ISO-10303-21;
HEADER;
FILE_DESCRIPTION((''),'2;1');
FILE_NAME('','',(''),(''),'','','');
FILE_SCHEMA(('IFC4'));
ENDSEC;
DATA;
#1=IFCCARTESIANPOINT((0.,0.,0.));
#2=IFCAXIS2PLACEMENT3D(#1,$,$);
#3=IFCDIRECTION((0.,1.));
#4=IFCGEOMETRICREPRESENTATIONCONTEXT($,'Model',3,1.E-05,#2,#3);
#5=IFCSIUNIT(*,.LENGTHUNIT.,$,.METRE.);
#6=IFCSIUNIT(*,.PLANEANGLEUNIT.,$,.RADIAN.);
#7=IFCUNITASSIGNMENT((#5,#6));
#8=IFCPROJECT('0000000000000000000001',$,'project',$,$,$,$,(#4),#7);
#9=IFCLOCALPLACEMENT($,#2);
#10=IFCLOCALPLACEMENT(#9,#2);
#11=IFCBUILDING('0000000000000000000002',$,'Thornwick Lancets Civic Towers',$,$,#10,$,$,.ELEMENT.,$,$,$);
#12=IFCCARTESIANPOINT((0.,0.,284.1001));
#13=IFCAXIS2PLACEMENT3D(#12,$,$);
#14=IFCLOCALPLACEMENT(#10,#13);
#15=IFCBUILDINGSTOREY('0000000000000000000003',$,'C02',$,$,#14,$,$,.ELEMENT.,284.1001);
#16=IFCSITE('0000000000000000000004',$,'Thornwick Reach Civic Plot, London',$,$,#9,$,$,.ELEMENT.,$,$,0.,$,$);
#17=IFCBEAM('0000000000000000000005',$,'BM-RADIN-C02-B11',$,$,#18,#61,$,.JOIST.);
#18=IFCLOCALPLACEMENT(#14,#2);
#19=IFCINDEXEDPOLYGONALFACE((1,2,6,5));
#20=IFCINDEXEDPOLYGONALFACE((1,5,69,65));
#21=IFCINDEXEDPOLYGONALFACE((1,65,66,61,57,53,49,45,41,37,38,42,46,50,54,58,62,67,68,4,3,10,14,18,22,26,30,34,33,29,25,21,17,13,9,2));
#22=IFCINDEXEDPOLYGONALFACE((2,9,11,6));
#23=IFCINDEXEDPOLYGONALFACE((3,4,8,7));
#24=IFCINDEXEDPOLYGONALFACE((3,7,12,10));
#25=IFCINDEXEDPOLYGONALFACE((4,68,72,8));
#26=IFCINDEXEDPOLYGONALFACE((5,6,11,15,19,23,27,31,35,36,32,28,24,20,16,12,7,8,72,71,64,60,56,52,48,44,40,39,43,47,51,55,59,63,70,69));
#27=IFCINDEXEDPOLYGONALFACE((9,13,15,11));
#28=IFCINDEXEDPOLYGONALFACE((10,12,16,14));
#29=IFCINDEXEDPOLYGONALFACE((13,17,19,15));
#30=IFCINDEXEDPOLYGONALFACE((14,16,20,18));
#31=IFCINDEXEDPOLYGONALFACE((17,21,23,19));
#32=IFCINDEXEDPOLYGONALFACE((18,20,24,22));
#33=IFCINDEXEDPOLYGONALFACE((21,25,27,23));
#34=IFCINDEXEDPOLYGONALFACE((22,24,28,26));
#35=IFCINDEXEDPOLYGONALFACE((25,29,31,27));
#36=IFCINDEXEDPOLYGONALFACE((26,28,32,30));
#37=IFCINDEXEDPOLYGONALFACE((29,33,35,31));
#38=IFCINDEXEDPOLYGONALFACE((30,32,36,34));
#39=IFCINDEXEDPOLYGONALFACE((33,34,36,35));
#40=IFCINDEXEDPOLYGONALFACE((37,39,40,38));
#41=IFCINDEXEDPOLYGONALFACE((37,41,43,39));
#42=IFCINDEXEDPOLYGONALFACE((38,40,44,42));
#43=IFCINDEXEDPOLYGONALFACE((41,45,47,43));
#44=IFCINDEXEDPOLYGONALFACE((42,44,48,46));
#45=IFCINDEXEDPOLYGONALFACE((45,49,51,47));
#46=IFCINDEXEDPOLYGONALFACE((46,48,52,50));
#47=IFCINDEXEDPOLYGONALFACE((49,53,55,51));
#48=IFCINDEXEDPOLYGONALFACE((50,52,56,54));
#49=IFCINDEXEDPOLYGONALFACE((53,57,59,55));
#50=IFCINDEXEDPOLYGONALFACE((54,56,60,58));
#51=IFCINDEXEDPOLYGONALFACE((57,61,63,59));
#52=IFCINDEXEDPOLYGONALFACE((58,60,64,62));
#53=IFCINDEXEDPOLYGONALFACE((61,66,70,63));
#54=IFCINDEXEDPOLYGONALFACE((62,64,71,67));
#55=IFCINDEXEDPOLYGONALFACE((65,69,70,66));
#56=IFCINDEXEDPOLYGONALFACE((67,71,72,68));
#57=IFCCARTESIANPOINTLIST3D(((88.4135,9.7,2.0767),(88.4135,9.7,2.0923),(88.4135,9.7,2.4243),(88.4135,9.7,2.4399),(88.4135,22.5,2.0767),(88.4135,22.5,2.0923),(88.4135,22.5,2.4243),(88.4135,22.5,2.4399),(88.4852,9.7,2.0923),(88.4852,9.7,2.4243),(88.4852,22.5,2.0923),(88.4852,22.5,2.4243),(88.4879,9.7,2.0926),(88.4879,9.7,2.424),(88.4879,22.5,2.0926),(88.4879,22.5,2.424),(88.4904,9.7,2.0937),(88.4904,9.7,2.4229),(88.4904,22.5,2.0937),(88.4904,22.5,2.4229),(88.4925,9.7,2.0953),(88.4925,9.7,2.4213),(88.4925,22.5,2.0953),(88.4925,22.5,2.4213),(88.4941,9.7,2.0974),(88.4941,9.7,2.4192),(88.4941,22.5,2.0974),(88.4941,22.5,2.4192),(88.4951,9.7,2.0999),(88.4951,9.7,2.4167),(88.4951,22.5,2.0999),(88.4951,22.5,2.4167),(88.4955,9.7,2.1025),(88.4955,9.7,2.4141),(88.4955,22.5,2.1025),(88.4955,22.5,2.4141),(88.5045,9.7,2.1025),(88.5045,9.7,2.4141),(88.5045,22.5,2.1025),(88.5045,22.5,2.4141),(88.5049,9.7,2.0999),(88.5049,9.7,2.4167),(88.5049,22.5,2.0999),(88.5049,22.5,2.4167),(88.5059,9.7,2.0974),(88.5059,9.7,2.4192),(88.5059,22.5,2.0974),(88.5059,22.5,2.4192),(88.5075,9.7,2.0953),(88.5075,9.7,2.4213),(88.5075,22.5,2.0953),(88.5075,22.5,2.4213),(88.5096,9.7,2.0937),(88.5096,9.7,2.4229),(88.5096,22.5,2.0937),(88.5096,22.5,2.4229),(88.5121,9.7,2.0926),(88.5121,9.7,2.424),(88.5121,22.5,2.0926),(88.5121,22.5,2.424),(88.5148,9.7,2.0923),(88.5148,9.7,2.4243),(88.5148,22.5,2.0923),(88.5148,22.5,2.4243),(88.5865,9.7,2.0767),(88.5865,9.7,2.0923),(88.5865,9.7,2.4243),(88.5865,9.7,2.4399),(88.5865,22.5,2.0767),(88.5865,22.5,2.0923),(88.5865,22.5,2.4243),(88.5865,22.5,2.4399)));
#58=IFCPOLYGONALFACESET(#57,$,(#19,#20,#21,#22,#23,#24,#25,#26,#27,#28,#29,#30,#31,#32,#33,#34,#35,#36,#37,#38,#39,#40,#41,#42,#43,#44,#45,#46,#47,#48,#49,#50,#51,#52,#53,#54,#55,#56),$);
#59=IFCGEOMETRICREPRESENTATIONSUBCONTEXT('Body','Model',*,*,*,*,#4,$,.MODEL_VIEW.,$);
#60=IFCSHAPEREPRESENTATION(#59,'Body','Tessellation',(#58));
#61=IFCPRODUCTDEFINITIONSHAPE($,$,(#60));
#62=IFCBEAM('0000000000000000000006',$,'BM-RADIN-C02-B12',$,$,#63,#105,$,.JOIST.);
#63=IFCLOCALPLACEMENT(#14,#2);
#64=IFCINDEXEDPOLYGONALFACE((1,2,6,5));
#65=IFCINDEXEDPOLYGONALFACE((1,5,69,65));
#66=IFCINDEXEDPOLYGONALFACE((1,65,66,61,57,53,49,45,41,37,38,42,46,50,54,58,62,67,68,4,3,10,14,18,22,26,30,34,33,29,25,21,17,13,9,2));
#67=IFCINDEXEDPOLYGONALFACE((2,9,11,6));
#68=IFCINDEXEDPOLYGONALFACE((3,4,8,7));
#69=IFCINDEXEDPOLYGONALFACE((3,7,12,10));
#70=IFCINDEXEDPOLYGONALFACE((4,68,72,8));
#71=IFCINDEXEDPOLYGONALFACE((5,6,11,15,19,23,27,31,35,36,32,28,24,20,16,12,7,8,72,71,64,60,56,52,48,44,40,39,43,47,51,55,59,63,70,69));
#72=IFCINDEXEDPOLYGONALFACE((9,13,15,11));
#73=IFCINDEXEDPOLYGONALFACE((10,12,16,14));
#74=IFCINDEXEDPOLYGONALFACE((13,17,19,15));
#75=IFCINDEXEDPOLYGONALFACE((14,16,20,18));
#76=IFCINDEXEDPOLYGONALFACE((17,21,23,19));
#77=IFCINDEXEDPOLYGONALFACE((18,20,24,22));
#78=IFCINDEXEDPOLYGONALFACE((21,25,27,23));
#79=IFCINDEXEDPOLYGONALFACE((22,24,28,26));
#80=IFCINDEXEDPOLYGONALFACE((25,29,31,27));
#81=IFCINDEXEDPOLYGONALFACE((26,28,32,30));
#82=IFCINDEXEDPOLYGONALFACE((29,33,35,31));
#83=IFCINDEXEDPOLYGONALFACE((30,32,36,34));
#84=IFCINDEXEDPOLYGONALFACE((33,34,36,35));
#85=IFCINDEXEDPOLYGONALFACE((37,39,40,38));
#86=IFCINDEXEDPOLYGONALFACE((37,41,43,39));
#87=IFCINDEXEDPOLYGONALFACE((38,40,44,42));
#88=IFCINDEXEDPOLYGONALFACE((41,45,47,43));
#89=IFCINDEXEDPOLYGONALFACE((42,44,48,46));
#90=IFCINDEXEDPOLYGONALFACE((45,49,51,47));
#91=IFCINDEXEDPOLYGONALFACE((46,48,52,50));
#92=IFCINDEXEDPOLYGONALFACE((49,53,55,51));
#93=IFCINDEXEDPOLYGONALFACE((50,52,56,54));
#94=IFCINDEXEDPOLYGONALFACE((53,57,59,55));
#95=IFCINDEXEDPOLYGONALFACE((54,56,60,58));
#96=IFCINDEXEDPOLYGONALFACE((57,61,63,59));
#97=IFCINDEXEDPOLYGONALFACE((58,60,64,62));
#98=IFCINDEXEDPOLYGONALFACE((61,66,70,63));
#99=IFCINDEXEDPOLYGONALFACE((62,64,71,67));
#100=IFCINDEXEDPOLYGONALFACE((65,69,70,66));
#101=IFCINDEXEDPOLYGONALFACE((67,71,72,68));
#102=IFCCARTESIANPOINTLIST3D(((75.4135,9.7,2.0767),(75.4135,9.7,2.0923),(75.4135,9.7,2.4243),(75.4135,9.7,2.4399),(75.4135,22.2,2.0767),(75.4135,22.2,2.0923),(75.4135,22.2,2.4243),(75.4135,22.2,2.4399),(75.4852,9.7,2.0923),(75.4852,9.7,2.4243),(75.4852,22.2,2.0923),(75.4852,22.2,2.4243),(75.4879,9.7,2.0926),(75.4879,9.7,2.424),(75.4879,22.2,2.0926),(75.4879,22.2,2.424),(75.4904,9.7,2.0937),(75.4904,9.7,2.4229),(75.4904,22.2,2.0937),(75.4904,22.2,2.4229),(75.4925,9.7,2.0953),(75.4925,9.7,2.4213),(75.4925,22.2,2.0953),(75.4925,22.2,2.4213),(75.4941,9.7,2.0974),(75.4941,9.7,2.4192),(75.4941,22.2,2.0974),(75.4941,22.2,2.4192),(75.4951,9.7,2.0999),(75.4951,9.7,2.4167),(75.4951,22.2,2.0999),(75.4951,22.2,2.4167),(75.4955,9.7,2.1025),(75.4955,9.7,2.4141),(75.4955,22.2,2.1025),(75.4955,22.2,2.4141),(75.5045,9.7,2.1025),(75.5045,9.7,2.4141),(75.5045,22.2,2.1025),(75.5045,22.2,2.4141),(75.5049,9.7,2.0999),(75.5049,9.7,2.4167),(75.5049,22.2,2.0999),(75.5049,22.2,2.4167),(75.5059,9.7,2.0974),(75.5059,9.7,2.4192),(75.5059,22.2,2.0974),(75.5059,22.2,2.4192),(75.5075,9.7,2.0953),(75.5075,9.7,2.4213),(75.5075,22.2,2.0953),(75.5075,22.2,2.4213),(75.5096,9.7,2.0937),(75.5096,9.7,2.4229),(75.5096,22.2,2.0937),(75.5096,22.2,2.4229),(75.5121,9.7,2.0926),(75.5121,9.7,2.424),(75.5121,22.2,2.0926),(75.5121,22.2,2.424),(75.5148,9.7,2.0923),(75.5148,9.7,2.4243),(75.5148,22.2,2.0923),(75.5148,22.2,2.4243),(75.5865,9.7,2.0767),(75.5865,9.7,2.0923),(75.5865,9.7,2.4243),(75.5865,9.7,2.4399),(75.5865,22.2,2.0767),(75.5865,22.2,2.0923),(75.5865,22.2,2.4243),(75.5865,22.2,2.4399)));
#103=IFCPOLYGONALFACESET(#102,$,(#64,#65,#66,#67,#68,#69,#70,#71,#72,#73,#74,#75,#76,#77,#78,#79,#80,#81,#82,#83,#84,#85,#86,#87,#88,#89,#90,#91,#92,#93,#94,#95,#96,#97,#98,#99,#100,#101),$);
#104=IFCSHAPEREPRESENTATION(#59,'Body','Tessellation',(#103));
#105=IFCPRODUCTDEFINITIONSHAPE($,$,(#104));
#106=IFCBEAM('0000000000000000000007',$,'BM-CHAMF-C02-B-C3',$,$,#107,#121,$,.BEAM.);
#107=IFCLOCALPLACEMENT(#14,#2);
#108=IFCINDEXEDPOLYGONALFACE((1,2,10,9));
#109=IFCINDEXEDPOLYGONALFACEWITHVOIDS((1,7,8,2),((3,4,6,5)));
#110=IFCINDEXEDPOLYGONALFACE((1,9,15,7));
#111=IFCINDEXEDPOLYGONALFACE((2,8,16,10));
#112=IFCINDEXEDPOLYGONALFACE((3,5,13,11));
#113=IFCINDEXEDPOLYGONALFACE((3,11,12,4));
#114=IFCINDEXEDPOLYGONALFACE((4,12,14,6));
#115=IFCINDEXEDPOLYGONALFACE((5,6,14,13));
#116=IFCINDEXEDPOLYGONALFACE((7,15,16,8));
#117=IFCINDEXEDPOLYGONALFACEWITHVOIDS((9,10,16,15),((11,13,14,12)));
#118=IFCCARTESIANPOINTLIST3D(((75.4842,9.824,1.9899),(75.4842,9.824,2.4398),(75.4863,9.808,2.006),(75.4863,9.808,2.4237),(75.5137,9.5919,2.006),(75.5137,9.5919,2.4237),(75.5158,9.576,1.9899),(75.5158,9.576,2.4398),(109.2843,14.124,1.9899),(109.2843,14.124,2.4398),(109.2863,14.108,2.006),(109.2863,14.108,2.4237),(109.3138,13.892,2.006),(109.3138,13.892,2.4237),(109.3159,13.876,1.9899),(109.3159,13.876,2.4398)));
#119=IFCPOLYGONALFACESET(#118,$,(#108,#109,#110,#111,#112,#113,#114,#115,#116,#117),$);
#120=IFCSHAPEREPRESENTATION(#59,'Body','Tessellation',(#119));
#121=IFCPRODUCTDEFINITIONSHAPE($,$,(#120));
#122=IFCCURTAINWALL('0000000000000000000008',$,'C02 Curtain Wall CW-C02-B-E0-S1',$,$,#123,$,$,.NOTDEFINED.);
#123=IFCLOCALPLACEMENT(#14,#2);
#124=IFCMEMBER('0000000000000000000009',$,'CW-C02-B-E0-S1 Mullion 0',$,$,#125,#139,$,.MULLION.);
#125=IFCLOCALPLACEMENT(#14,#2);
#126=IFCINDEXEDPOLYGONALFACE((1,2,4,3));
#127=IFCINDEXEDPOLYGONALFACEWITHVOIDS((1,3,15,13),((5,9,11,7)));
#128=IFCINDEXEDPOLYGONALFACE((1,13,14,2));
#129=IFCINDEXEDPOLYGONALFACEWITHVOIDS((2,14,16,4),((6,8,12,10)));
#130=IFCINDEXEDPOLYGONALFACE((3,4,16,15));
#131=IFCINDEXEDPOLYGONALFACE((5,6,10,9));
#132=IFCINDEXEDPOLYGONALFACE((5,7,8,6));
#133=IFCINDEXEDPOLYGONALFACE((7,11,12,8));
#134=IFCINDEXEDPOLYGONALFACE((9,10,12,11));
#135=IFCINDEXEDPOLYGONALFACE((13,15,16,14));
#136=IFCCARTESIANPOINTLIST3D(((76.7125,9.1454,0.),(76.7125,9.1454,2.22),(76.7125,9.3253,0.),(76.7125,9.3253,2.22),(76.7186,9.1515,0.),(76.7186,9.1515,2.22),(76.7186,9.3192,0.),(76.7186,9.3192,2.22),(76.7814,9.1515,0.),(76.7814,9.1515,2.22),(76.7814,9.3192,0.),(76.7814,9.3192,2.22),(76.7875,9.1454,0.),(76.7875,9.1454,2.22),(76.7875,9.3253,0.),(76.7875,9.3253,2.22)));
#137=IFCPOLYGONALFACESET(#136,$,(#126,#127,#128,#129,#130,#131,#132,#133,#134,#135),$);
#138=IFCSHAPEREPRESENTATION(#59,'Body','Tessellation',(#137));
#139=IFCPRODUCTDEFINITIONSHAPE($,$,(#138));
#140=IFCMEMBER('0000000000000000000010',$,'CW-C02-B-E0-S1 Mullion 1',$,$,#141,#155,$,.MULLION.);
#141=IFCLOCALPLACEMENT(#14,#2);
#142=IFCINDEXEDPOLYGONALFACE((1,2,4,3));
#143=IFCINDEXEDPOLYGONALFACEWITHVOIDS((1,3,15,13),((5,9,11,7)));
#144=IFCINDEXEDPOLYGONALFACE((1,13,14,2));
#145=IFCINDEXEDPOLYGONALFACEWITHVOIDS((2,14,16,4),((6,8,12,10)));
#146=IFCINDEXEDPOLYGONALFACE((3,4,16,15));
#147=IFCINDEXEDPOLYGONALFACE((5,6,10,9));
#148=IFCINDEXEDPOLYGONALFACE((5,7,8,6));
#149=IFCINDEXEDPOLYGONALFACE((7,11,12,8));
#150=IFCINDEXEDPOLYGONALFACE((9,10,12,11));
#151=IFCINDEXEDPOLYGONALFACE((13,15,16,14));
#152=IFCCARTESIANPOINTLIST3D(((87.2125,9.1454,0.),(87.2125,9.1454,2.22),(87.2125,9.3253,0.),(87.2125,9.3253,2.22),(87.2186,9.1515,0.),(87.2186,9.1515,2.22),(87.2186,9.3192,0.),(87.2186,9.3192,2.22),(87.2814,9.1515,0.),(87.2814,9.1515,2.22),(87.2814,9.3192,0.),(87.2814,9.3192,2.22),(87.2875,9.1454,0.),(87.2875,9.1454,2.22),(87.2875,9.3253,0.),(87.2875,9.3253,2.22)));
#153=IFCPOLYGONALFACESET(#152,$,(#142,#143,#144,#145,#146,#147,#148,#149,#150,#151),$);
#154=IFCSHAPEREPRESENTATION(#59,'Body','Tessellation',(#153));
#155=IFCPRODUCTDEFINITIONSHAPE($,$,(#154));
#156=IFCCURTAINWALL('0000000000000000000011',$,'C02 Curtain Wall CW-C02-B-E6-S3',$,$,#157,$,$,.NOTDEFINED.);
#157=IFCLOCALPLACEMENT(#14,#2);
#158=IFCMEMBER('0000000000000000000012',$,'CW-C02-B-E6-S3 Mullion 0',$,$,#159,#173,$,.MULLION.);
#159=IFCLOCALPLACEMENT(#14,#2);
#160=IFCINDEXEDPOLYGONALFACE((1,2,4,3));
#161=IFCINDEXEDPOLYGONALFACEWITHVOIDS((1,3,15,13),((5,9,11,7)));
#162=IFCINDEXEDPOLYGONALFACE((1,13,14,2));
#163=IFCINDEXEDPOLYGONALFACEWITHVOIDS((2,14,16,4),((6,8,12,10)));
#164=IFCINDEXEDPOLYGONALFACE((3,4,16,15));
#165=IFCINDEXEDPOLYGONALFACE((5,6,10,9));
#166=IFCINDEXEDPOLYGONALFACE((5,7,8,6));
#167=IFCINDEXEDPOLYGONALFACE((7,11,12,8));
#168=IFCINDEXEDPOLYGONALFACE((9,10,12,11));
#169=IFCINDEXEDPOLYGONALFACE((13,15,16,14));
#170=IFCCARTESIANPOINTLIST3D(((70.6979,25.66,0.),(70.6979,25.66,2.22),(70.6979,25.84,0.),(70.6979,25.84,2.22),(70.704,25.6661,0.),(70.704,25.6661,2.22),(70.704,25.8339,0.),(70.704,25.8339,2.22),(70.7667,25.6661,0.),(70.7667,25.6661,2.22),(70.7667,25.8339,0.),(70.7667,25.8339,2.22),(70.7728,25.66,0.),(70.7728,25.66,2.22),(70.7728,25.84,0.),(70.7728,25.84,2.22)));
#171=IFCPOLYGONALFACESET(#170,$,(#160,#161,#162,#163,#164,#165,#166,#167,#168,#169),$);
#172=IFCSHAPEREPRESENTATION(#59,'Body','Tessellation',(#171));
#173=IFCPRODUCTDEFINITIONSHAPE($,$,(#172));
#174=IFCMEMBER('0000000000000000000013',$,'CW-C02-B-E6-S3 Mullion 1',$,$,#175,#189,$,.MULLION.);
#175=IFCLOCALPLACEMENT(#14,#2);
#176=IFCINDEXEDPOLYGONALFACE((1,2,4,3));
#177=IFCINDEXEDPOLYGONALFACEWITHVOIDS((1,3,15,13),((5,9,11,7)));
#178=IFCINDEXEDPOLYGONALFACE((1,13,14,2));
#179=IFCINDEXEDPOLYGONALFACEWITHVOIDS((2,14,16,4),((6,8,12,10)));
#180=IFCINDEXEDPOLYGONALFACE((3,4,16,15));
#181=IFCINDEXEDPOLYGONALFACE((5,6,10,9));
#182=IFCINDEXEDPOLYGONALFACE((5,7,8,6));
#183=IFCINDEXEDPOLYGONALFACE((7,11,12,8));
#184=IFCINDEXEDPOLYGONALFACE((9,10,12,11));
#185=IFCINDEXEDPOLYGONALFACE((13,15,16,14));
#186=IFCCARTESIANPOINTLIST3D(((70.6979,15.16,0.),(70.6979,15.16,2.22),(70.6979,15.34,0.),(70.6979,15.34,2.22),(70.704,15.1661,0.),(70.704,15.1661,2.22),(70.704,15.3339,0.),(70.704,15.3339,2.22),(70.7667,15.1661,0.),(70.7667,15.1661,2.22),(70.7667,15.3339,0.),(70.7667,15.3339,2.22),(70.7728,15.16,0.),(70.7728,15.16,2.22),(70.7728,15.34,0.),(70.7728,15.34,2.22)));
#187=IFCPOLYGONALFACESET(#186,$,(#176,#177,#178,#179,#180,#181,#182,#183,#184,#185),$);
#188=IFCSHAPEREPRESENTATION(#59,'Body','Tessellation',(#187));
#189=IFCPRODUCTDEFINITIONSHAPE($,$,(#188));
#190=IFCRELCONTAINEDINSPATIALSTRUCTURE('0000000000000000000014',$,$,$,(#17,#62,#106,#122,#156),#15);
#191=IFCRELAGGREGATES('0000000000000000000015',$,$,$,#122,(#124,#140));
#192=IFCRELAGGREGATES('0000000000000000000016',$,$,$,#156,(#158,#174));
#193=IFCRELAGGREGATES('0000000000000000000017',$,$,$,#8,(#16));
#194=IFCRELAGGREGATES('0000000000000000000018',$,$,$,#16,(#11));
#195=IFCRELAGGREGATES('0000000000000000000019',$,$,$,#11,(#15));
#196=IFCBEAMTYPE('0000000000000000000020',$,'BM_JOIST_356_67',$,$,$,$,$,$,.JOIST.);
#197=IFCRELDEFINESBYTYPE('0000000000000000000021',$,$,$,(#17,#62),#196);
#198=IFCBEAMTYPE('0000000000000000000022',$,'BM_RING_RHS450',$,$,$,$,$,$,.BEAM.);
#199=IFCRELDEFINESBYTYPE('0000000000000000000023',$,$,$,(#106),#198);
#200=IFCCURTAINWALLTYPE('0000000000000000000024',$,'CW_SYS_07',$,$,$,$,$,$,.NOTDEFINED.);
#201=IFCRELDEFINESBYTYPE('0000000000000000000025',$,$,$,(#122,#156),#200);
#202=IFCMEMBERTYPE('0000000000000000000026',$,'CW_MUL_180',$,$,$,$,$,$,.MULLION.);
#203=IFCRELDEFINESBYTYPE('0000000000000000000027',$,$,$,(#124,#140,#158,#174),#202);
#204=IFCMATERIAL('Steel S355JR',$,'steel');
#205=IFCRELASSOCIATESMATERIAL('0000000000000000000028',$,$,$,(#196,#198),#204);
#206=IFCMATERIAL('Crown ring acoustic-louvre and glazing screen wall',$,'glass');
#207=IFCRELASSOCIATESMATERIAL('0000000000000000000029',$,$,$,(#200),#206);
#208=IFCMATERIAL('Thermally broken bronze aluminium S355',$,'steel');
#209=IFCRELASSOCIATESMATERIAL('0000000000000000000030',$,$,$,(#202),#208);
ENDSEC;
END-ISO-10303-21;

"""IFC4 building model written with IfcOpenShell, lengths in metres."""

from ifc_helpers import new_model, si_unit, direction, frame, origin, origin_2d, place, context, subcontext, project, spatial, hollow_rectangle, i_section, extrude, material, material_profile, profile_set, type_object, element, aggregate, save


model = new_model("IFC4")

# Units and contexts
model_context = context("Model", 3, precision=1e-05, world=origin(), true_north=direction((0.0, 1.0)))
body_context = subcontext(model_context, "Body", "Model", "MODEL_VIEW")
ifc_project = project(units=[si_unit("LENGTHUNIT", "METRE"), si_unit("PLANEANGLEUNIT", "RADIAN")], contexts=[model_context])

# Site, building, storey
site_placement = place(None, origin())
site = spatial("IfcSite", under=ifc_project, at=site_placement, Name="Thornwick Reach Civic Plot, London", CompositionType="ELEMENT", RefElevation=0.0)
building_placement = place(site_placement, origin())
building = spatial("IfcBuilding", under=site, at=building_placement, Name="Thornwick Lancets Civic Towers", CompositionType="ELEMENT")
storey_placement = place(building_placement, frame((0.0, 0.0, 284.1001)))
storey = spatial("IfcBuildingStorey", under=building, at=storey_placement, Name="C02", CompositionType="ELEMENT", Elevation=284.1001)

# Shared definitions
ifc_material_1 = material(Name="Steel S355JR", Category="steel")

# Beams
ifc_material_profile_1 = material_profile(ifc_material_1, i_section(OverallWidth=0.1731, OverallDepth=0.3633, WebThickness=0.009, FlangeThickness=0.0156, FilletRadius=0.0103, at=origin_2d()), Name="UKB 356x171x67")
ifc_profile_set_1 = profile_set([ifc_material_profile_1], Name="Steel S355JR")
beam_type_1 = type_object("IfcBeamType", Name="BM_JOIST_356_67", PredefinedType="JOIST", material=ifc_profile_set_1)
for number, where, z_axis, x_axis, name in (
    (1, (88.5, 22.5, 2.2583), (0.0, -1.0, 0.0), (1.0, 0.0, 0.0), "BM-RADIN-C02-B11"),
):
    element("IfcBeam", number, at=place(storey_placement, frame(where, z_axis=z_axis, x_axis=x_axis)), inside=storey, type_object=beam_type_1, Name=name, PredefinedType="JOIST", context=body_context, shape_type="SweptSolid", body=[
        extrude(i_section(OverallWidth=0.1731, OverallDepth=0.3633, WebThickness=0.009, FlangeThickness=0.0156, FilletRadius=0.0103, at=origin_2d()), origin(), (0.0, 0.0, 1.0), 12.8),
    ])
beam_1_placement = place(storey_placement, frame((75.5, 22.2, 2.2583), z_axis=(0.0, -1.0, 0.0), x_axis=(1.0, 0.0, 0.0)))
element("IfcBeam", 2, at=beam_1_placement, inside=storey, type_object=beam_type_1, Name="BM-RADIN-C02-B12", PredefinedType="JOIST", context=body_context, shape_type="SweptSolid", body=[
    extrude(i_section(OverallWidth=0.1731, OverallDepth=0.3633, WebThickness=0.009, FlangeThickness=0.0156, FilletRadius=0.0103, at=origin_2d()), origin(), (0.0, 0.0, 1.0), 12.5),
])
ifc_material_profile_2 = material_profile(ifc_material_1, hollow_rectangle(XDim=0.25, YDim=0.45, WallThickness=0.0161, at=origin_2d()), Name="RHS 450x250x16")
ifc_profile_set_2 = profile_set([ifc_material_profile_2], Name="Steel S355JR")
beam_type_2 = type_object("IfcBeamType", Name="BM_RING_RHS450", PredefinedType="BEAM", material=ifc_profile_set_2)
beam_2_placement = place(storey_placement, frame((75.5, 9.7, 2.2148), z_axis=(0.992004, 0.126203, 0.0), x_axis=(-0.126203, 0.992004, 0.0)))
element("IfcBeam", 3, at=beam_2_placement, inside=storey, type_object=beam_type_2, Name="BM-CHAMF-C02-B-C3", PredefinedType="BEAM", context=body_context, shape_type="SweptSolid", body=[
    extrude(hollow_rectangle(XDim=0.25, YDim=0.45, WallThickness=0.0161, at=origin_2d()), origin(), (0.0, 0.0, 1.0), 34.0725),
])

# Curtain walls, members
ifc_material_2 = material(Name="Crown ring acoustic-louvre and glazing screen wall", Category="glass")
curtain_wall_type = type_object("IfcCurtainWallType", Name="CW_SYS_07", PredefinedType="NOTDEFINED", material=ifc_material_2)
curtain_wall_1_placement = place(storey_placement, origin())
curtain_wall_1 = element("IfcCurtainWall", 4, at=curtain_wall_1_placement, inside=storey, type_object=curtain_wall_type, Name="C02 Curtain Wall CW-C02-B-E0-S1", PredefinedType="NOTDEFINED")
ifc_material_3 = material(Name="Thermally broken bronze aluminium S355", Category="steel")
ifc_material_profile_3 = material_profile(ifc_material_3, hollow_rectangle(XDim=0.075, YDim=0.1799, WallThickness=0.0061, at=origin_2d()), Name="RHS 180x75x6")
ifc_profile_set_3 = profile_set([ifc_material_profile_3], Name="Thermally broken bronze aluminium S355")
member_type_1 = type_object("IfcMemberType", Name="CW_MUL_180", PredefinedType="MULLION", material=ifc_profile_set_3)
member_1_placement = place(storey_placement, frame((76.75, 9.2354, 0.0), z_axis=(0.0, 0.0, 1.0), x_axis=(1.0, 0.0, 0.0)))
member_1 = element("IfcMember", 5, at=member_1_placement, type_object=member_type_1, Name="CW-C02-B-E0-S1 Mullion 0", PredefinedType="MULLION", context=body_context, shape_type="SweptSolid", body=[
    extrude(hollow_rectangle(XDim=0.075, YDim=0.1799, WallThickness=0.0061, at=origin_2d()), origin(), (0.0, 0.0, 1.0), 2.22),
])
member_2_placement = place(storey_placement, frame((87.25, 9.2354, 0.0), z_axis=(0.0, 0.0, 1.0), x_axis=(1.0, 0.0, 0.0)))
member_2 = element("IfcMember", 6, at=member_2_placement, type_object=member_type_1, Name="CW-C02-B-E0-S1 Mullion 1", PredefinedType="MULLION", context=body_context, shape_type="SweptSolid", body=[
    extrude(hollow_rectangle(XDim=0.075, YDim=0.1799, WallThickness=0.0061, at=origin_2d()), origin(), (0.0, 0.0, 1.0), 2.22),
])
curtain_wall_2_placement = place(storey_placement, origin())
curtain_wall_2 = element("IfcCurtainWall", 7, at=curtain_wall_2_placement, inside=storey, type_object=curtain_wall_type, Name="C02 Curtain Wall CW-C02-B-E6-S3", PredefinedType="NOTDEFINED")
member_3_placement = place(storey_placement, frame((70.7354, 25.75, 0.0), z_axis=(0.0, 0.0, 1.0), x_axis=(1.0, 0.0, 0.0)))
member_3 = element("IfcMember", 8, at=member_3_placement, type_object=member_type_1, Name="CW-C02-B-E6-S3 Mullion 0", PredefinedType="MULLION", context=body_context, shape_type="SweptSolid", body=[
    extrude(hollow_rectangle(XDim=0.075, YDim=0.1799, WallThickness=0.0061, at=origin_2d()), origin(), (0.0, 0.0, 1.0), 2.22),
])
member_4_placement = place(storey_placement, frame((70.7354, 15.25, 0.0), z_axis=(0.0, 0.0, 1.0), x_axis=(1.0, 0.0, 0.0)))
member_4 = element("IfcMember", 9, at=member_4_placement, type_object=member_type_1, Name="CW-C02-B-E6-S3 Mullion 1", PredefinedType="MULLION", context=body_context, shape_type="SweptSolid", body=[
    extrude(hollow_rectangle(XDim=0.075, YDim=0.1799, WallThickness=0.0061, at=origin_2d()), origin(), (0.0, 0.0, 1.0), 2.22),
])

aggregate(curtain_wall_1, [member_1, member_2])
aggregate(curtain_wall_2, [member_3, member_4])

save(model, "model.ifc")
